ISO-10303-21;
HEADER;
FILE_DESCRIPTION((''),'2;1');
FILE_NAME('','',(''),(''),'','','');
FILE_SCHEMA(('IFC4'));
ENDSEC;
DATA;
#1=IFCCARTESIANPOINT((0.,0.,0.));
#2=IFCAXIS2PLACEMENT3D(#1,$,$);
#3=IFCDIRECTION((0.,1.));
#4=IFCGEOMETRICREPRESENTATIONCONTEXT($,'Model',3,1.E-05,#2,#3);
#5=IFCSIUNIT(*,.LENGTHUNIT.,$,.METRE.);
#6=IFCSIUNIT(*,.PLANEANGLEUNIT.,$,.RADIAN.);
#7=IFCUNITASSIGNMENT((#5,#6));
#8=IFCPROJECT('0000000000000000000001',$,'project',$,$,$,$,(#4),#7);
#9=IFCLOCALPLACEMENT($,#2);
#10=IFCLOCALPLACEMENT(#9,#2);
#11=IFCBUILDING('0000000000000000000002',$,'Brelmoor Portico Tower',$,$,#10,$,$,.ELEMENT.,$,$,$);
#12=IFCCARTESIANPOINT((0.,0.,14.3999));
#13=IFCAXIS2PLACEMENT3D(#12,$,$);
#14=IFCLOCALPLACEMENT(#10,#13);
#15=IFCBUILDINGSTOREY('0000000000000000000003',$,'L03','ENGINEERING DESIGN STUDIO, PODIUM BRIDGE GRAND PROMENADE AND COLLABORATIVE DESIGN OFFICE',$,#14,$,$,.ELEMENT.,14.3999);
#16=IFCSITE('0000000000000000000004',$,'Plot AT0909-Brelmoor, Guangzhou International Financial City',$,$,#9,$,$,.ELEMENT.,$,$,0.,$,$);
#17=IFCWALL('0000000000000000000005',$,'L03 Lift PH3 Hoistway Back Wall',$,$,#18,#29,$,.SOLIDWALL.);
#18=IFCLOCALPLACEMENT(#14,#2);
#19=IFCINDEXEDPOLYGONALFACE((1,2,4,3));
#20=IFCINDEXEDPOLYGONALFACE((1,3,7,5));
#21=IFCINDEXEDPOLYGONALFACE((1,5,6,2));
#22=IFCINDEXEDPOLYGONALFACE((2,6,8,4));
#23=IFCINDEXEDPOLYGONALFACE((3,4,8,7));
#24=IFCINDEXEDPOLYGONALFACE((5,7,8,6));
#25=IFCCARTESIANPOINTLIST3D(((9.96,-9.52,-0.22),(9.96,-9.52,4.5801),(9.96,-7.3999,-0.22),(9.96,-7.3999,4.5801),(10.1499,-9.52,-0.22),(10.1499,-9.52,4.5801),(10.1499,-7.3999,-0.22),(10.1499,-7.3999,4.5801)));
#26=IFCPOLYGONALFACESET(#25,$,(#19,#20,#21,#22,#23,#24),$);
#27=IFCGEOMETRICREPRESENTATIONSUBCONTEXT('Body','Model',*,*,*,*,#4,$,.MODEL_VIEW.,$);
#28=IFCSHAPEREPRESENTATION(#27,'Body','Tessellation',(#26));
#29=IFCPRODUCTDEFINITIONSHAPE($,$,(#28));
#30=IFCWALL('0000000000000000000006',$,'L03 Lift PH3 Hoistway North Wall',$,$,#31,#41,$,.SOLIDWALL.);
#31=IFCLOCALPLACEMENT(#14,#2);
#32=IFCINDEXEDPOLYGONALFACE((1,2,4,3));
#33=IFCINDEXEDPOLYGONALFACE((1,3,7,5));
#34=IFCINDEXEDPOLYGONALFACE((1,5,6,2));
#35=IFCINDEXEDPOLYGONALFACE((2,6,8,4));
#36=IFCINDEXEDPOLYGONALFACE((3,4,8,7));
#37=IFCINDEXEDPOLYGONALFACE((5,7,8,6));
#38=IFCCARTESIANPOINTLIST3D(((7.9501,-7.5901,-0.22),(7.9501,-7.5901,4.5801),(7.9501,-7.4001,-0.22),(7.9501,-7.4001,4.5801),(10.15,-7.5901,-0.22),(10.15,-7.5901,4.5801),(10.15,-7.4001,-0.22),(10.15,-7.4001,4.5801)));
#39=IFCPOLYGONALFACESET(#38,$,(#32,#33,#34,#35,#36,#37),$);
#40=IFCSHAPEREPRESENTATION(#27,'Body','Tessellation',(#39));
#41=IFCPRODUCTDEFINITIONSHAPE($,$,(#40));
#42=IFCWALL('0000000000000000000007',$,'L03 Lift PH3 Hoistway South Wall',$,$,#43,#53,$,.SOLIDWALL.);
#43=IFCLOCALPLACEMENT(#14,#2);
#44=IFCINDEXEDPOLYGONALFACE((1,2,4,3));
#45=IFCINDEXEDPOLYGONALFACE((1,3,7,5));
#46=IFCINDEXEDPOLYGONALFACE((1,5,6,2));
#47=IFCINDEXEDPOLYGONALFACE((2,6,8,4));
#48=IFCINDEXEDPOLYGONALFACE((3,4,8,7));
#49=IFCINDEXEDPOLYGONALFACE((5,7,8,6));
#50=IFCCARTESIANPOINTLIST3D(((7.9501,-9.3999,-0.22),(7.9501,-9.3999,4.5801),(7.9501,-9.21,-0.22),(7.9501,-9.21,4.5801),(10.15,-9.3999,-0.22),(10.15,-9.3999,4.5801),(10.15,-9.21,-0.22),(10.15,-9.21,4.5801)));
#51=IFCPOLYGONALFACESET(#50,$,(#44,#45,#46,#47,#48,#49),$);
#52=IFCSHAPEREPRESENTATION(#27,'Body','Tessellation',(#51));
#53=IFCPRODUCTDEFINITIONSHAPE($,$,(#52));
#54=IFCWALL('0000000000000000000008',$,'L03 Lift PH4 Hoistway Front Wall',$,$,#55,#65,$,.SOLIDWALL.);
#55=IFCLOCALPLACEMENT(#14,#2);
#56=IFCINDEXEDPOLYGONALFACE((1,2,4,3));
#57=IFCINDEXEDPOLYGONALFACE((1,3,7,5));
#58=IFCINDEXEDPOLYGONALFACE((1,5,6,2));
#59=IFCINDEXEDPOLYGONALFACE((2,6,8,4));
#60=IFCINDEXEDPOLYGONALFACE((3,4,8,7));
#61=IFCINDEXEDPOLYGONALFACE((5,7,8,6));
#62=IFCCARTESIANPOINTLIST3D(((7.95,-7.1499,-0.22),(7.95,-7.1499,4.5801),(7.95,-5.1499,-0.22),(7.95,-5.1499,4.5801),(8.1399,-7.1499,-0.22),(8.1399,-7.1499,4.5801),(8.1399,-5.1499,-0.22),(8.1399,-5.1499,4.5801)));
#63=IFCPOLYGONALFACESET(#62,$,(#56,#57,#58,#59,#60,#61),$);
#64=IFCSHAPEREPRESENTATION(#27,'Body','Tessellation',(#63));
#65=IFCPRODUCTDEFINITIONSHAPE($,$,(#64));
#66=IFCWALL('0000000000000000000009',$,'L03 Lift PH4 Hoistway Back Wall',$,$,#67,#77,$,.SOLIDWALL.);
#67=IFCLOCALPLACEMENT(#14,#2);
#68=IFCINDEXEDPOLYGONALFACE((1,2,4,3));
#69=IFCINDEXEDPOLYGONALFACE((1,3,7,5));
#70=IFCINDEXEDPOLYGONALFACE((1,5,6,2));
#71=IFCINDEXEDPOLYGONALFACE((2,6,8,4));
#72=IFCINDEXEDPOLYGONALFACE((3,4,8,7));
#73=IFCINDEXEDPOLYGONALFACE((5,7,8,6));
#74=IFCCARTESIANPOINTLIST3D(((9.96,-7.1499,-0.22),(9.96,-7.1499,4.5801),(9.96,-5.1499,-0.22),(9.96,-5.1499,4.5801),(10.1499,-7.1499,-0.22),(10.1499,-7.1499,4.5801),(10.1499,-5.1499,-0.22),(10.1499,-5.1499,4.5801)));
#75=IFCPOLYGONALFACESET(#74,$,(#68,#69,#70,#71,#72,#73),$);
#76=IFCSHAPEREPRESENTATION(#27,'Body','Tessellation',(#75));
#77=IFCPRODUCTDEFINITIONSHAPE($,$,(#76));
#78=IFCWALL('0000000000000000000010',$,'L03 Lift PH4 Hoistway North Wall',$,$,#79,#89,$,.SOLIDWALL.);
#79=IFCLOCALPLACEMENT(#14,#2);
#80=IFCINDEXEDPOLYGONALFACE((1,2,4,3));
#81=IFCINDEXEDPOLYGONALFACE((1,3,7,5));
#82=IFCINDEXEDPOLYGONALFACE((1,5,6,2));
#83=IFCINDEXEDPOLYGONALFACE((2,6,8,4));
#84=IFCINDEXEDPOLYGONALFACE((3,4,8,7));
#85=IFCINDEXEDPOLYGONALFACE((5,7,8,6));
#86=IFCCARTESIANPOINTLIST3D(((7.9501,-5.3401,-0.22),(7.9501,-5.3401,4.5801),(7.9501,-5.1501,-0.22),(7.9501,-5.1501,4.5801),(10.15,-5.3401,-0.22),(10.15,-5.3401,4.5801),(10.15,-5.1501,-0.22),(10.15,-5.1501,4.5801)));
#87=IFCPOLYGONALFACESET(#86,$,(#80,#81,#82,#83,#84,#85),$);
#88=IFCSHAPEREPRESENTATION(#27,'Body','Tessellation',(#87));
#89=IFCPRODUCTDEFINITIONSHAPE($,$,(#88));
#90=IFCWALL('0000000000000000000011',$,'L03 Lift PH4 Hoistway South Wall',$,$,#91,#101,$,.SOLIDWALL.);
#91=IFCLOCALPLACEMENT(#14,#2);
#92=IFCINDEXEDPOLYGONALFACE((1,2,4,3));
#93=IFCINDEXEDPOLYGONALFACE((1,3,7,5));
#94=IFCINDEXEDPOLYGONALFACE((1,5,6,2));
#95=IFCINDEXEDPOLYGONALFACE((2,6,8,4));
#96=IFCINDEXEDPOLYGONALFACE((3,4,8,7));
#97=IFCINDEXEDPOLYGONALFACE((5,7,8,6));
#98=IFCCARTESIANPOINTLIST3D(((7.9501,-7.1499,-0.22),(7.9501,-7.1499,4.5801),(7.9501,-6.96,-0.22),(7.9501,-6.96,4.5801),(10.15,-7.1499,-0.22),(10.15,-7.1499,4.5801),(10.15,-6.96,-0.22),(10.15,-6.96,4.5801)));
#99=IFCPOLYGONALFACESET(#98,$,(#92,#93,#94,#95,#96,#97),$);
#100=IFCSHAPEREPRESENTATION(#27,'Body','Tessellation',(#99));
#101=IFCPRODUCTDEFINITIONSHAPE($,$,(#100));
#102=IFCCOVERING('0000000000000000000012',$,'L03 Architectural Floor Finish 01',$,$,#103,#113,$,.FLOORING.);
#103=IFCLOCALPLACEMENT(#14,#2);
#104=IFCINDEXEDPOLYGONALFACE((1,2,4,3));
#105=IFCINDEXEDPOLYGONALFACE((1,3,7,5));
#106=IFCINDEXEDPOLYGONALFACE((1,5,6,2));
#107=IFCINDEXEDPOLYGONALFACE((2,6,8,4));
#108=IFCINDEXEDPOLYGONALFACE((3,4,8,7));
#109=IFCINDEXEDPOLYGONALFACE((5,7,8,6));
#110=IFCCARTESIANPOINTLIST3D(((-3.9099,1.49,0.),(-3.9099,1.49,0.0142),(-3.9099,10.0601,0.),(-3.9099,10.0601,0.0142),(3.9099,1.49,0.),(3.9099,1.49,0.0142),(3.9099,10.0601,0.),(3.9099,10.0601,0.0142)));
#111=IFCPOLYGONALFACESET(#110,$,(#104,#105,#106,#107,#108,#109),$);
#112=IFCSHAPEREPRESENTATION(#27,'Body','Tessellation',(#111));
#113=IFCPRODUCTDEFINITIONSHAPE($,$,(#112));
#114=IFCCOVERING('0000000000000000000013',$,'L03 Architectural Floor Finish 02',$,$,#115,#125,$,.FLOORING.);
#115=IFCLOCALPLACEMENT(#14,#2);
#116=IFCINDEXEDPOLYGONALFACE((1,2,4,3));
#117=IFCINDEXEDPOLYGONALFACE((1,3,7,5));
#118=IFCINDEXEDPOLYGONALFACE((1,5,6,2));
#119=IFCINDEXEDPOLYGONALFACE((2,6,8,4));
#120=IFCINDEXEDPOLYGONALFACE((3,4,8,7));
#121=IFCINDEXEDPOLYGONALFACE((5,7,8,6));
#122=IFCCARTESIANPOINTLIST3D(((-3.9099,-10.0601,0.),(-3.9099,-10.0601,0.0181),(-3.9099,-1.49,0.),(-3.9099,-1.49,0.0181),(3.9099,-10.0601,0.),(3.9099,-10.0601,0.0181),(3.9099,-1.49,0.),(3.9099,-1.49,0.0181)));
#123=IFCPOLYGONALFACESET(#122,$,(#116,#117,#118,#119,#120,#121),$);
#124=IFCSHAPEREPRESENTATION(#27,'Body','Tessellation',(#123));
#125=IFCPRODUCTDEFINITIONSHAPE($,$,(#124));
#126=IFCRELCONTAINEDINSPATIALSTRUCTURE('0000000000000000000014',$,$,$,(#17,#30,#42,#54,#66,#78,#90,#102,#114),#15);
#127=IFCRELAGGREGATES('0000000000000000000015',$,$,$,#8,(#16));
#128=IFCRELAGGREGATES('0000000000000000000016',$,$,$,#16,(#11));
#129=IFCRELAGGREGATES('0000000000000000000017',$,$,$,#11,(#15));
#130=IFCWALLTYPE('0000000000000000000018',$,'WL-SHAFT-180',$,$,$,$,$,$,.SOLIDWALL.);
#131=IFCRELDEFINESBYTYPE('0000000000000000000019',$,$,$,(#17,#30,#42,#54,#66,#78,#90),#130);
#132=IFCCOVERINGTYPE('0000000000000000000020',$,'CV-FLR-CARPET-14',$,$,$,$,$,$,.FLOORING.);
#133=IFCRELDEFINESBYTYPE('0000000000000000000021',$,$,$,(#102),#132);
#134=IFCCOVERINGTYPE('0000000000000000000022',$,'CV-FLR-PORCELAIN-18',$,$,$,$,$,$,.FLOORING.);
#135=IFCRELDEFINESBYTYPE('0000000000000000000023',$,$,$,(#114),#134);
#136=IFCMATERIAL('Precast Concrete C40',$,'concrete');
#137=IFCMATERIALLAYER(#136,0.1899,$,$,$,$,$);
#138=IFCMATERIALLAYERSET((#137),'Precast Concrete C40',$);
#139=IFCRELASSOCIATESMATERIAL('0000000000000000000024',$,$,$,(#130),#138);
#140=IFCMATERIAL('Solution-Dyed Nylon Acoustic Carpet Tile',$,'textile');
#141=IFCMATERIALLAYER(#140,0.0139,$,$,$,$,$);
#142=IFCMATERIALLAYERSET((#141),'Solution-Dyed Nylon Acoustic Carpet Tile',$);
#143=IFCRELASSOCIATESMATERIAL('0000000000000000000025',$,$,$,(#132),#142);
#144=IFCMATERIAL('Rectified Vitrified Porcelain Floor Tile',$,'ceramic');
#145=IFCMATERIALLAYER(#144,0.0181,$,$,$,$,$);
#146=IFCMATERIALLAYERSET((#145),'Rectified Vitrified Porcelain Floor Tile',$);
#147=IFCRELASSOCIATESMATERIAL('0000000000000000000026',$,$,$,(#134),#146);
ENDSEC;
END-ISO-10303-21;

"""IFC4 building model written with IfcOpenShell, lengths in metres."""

from ifc_helpers import new_model, si_unit, direction, frame, frame_2d, origin, place, context, subcontext, project, spatial, polyline, rectangle, outline, extrude, material, layer, layer_set, type_object, element, save


model = new_model("IFC4")

# Units and contexts
model_context = context("Model", 3, precision=1e-05, world=origin(), true_north=direction((0.0, 1.0)))
body_context = subcontext(model_context, "Body", "Model", "MODEL_VIEW")
ifc_project = project(units=[si_unit("LENGTHUNIT", "METRE"), si_unit("PLANEANGLEUNIT", "RADIAN")], contexts=[model_context])

# Site, building, storey
site_placement = place(None, origin())
site = spatial("IfcSite", under=ifc_project, at=site_placement, Name="Plot AT0909-Brelmoor, Guangzhou International Financial City", CompositionType="ELEMENT", RefElevation=0.0)
building_placement = place(site_placement, origin())
building = spatial("IfcBuilding", under=site, at=building_placement, Name="Brelmoor Portico Tower", CompositionType="ELEMENT")
storey_placement = place(building_placement, frame((0.0, 0.0, 14.3999)))
storey = spatial("IfcBuildingStorey", under=building, at=storey_placement, Name="L03", Description="ENGINEERING DESIGN STUDIO, PODIUM BRIDGE GRAND PROMENADE AND COLLABORATIVE DESIGN OFFICE", CompositionType="ELEMENT", Elevation=14.3999)

# Walls
ifc_material_1 = material(Name="Precast Concrete C40", Category="concrete")
ifc_layer_1 = layer(ifc_material_1, 0.1899)
ifc_layer_set_1 = layer_set([ifc_layer_1], Name="Precast Concrete C40")
wall_type_1 = type_object("IfcWallType", Name="WL-SHAFT-180", PredefinedType="SOLIDWALL", material=ifc_layer_set_1)
for number, where, z_axis, x_axis, name in (
    (1, (10.0549, -9.52, -0.22), (0.0, 0.0, 1.0), (0.0, 1.0, 0.0), "L03 Lift PH3 Hoistway Back Wall"),
):
    element("IfcWall", number, at=place(storey_placement, frame(where, z_axis=z_axis, x_axis=x_axis)), inside=storey, type_object=wall_type_1, Name=name, PredefinedType="SOLIDWALL", context=body_context, shape_type="SweptSolid", body=[
        extrude(rectangle(XDim=2.1201, YDim=0.1899, at=frame_2d((1.0601, 0.0))), origin(), (0.0, 0.0, 1.0), 4.8),
    ])
for number, where, z_axis, x_axis, name in (
    (2, (7.95, -7.4951, -0.22), (0.0, 0.0, 1.0), (1.0, 0.0, 0.0), "L03 Lift PH3 Hoistway North Wall"),
    (3, (7.95, -9.3049, -0.22), (0.0, 0.0, 1.0), (1.0, 0.0, 0.0), "L03 Lift PH3 Hoistway South Wall"),
):
    element("IfcWall", number, at=place(storey_placement, frame(where, z_axis=z_axis, x_axis=x_axis)), inside=storey, type_object=wall_type_1, Name=name, PredefinedType="SOLIDWALL", context=body_context, shape_type="SweptSolid", body=[
        extrude(rectangle(XDim=2.2, YDim=0.1899, at=frame_2d((1.1001, 0.0))), origin(), (0.0, 0.0, 1.0), 4.8),
    ])
for number, where, z_axis, x_axis, name in (
    (4, (8.0449, -7.1499, -0.22), (0.0, 0.0, 1.0), (0.0, 1.0, 0.0), "L03 Lift PH4 Hoistway Front Wall"),
    (5, (10.0549, -7.1499, -0.22), (0.0, 0.0, 1.0), (0.0, 1.0, 0.0), "L03 Lift PH4 Hoistway Back Wall"),
):
    element("IfcWall", number, at=place(storey_placement, frame(where, z_axis=z_axis, x_axis=x_axis)), inside=storey, type_object=wall_type_1, Name=name, PredefinedType="SOLIDWALL", context=body_context, shape_type="SweptSolid", body=[
        extrude(rectangle(XDim=2.0, YDim=0.1899, at=frame_2d((1.0, 0.0))), origin(), (0.0, 0.0, 1.0), 4.8),
    ])
for number, where, z_axis, x_axis, name in (
    (6, (7.95, -5.2451, -0.22), (0.0, 0.0, 1.0), (1.0, 0.0, 0.0), "L03 Lift PH4 Hoistway North Wall"),
    (7, (7.95, -7.0549, -0.22), (0.0, 0.0, 1.0), (1.0, 0.0, 0.0), "L03 Lift PH4 Hoistway South Wall"),
):
    element("IfcWall", number, at=place(storey_placement, frame(where, z_axis=z_axis, x_axis=x_axis)), inside=storey, type_object=wall_type_1, Name=name, PredefinedType="SOLIDWALL", context=body_context, shape_type="SweptSolid", body=[
        extrude(rectangle(XDim=2.2, YDim=0.1899, at=frame_2d((1.1001, 0.0))), origin(), (0.0, 0.0, 1.0), 4.8),
    ])

# Coverings
ifc_material_2 = material(Name="Solution-Dyed Nylon Acoustic Carpet Tile", Category="textile")
ifc_layer_2 = layer(ifc_material_2, 0.0139)
ifc_layer_set_2 = layer_set([ifc_layer_2], Name="Solution-Dyed Nylon Acoustic Carpet Tile")
covering_type_1 = type_object("IfcCoveringType", Name="CV-FLR-CARPET-14", PredefinedType="FLOORING", material=ifc_layer_set_2)
covering_1_placement = place(storey_placement, origin())
element("IfcCovering", 8, at=covering_1_placement, inside=storey, type_object=covering_type_1, Name="L03 Architectural Floor Finish 01", PredefinedType="FLOORING", context=body_context, shape_type="SweptSolid", body=[
    extrude(outline(polyline([(-3.9099, 1.49), (-3.9099, 10.0601), (3.9099, 10.0601), (3.9099, 1.49), (-3.9099, 1.49)])), origin(), (0.0, 0.0, 1.0), 0.0142),
])
ifc_material_3 = material(Name="Rectified Vitrified Porcelain Floor Tile", Category="ceramic")
ifc_layer_3 = layer(ifc_material_3, 0.0181)
ifc_layer_set_3 = layer_set([ifc_layer_3], Name="Rectified Vitrified Porcelain Floor Tile")
covering_type_2 = type_object("IfcCoveringType", Name="CV-FLR-PORCELAIN-18", PredefinedType="FLOORING", material=ifc_layer_set_3)
covering_2_placement = place(storey_placement, origin())
element("IfcCovering", 9, at=covering_2_placement, inside=storey, type_object=covering_type_2, Name="L03 Architectural Floor Finish 02", PredefinedType="FLOORING", context=body_context, shape_type="SweptSolid", body=[
    extrude(outline(polyline([(-3.9099, -10.0601), (-3.9099, -1.49), (3.9099, -1.49), (3.9099, -10.0601), (-3.9099, -10.0601)])), origin(), (0.0, 0.0, 1.0), 0.0181),
])

save(model, "model.ifc")
